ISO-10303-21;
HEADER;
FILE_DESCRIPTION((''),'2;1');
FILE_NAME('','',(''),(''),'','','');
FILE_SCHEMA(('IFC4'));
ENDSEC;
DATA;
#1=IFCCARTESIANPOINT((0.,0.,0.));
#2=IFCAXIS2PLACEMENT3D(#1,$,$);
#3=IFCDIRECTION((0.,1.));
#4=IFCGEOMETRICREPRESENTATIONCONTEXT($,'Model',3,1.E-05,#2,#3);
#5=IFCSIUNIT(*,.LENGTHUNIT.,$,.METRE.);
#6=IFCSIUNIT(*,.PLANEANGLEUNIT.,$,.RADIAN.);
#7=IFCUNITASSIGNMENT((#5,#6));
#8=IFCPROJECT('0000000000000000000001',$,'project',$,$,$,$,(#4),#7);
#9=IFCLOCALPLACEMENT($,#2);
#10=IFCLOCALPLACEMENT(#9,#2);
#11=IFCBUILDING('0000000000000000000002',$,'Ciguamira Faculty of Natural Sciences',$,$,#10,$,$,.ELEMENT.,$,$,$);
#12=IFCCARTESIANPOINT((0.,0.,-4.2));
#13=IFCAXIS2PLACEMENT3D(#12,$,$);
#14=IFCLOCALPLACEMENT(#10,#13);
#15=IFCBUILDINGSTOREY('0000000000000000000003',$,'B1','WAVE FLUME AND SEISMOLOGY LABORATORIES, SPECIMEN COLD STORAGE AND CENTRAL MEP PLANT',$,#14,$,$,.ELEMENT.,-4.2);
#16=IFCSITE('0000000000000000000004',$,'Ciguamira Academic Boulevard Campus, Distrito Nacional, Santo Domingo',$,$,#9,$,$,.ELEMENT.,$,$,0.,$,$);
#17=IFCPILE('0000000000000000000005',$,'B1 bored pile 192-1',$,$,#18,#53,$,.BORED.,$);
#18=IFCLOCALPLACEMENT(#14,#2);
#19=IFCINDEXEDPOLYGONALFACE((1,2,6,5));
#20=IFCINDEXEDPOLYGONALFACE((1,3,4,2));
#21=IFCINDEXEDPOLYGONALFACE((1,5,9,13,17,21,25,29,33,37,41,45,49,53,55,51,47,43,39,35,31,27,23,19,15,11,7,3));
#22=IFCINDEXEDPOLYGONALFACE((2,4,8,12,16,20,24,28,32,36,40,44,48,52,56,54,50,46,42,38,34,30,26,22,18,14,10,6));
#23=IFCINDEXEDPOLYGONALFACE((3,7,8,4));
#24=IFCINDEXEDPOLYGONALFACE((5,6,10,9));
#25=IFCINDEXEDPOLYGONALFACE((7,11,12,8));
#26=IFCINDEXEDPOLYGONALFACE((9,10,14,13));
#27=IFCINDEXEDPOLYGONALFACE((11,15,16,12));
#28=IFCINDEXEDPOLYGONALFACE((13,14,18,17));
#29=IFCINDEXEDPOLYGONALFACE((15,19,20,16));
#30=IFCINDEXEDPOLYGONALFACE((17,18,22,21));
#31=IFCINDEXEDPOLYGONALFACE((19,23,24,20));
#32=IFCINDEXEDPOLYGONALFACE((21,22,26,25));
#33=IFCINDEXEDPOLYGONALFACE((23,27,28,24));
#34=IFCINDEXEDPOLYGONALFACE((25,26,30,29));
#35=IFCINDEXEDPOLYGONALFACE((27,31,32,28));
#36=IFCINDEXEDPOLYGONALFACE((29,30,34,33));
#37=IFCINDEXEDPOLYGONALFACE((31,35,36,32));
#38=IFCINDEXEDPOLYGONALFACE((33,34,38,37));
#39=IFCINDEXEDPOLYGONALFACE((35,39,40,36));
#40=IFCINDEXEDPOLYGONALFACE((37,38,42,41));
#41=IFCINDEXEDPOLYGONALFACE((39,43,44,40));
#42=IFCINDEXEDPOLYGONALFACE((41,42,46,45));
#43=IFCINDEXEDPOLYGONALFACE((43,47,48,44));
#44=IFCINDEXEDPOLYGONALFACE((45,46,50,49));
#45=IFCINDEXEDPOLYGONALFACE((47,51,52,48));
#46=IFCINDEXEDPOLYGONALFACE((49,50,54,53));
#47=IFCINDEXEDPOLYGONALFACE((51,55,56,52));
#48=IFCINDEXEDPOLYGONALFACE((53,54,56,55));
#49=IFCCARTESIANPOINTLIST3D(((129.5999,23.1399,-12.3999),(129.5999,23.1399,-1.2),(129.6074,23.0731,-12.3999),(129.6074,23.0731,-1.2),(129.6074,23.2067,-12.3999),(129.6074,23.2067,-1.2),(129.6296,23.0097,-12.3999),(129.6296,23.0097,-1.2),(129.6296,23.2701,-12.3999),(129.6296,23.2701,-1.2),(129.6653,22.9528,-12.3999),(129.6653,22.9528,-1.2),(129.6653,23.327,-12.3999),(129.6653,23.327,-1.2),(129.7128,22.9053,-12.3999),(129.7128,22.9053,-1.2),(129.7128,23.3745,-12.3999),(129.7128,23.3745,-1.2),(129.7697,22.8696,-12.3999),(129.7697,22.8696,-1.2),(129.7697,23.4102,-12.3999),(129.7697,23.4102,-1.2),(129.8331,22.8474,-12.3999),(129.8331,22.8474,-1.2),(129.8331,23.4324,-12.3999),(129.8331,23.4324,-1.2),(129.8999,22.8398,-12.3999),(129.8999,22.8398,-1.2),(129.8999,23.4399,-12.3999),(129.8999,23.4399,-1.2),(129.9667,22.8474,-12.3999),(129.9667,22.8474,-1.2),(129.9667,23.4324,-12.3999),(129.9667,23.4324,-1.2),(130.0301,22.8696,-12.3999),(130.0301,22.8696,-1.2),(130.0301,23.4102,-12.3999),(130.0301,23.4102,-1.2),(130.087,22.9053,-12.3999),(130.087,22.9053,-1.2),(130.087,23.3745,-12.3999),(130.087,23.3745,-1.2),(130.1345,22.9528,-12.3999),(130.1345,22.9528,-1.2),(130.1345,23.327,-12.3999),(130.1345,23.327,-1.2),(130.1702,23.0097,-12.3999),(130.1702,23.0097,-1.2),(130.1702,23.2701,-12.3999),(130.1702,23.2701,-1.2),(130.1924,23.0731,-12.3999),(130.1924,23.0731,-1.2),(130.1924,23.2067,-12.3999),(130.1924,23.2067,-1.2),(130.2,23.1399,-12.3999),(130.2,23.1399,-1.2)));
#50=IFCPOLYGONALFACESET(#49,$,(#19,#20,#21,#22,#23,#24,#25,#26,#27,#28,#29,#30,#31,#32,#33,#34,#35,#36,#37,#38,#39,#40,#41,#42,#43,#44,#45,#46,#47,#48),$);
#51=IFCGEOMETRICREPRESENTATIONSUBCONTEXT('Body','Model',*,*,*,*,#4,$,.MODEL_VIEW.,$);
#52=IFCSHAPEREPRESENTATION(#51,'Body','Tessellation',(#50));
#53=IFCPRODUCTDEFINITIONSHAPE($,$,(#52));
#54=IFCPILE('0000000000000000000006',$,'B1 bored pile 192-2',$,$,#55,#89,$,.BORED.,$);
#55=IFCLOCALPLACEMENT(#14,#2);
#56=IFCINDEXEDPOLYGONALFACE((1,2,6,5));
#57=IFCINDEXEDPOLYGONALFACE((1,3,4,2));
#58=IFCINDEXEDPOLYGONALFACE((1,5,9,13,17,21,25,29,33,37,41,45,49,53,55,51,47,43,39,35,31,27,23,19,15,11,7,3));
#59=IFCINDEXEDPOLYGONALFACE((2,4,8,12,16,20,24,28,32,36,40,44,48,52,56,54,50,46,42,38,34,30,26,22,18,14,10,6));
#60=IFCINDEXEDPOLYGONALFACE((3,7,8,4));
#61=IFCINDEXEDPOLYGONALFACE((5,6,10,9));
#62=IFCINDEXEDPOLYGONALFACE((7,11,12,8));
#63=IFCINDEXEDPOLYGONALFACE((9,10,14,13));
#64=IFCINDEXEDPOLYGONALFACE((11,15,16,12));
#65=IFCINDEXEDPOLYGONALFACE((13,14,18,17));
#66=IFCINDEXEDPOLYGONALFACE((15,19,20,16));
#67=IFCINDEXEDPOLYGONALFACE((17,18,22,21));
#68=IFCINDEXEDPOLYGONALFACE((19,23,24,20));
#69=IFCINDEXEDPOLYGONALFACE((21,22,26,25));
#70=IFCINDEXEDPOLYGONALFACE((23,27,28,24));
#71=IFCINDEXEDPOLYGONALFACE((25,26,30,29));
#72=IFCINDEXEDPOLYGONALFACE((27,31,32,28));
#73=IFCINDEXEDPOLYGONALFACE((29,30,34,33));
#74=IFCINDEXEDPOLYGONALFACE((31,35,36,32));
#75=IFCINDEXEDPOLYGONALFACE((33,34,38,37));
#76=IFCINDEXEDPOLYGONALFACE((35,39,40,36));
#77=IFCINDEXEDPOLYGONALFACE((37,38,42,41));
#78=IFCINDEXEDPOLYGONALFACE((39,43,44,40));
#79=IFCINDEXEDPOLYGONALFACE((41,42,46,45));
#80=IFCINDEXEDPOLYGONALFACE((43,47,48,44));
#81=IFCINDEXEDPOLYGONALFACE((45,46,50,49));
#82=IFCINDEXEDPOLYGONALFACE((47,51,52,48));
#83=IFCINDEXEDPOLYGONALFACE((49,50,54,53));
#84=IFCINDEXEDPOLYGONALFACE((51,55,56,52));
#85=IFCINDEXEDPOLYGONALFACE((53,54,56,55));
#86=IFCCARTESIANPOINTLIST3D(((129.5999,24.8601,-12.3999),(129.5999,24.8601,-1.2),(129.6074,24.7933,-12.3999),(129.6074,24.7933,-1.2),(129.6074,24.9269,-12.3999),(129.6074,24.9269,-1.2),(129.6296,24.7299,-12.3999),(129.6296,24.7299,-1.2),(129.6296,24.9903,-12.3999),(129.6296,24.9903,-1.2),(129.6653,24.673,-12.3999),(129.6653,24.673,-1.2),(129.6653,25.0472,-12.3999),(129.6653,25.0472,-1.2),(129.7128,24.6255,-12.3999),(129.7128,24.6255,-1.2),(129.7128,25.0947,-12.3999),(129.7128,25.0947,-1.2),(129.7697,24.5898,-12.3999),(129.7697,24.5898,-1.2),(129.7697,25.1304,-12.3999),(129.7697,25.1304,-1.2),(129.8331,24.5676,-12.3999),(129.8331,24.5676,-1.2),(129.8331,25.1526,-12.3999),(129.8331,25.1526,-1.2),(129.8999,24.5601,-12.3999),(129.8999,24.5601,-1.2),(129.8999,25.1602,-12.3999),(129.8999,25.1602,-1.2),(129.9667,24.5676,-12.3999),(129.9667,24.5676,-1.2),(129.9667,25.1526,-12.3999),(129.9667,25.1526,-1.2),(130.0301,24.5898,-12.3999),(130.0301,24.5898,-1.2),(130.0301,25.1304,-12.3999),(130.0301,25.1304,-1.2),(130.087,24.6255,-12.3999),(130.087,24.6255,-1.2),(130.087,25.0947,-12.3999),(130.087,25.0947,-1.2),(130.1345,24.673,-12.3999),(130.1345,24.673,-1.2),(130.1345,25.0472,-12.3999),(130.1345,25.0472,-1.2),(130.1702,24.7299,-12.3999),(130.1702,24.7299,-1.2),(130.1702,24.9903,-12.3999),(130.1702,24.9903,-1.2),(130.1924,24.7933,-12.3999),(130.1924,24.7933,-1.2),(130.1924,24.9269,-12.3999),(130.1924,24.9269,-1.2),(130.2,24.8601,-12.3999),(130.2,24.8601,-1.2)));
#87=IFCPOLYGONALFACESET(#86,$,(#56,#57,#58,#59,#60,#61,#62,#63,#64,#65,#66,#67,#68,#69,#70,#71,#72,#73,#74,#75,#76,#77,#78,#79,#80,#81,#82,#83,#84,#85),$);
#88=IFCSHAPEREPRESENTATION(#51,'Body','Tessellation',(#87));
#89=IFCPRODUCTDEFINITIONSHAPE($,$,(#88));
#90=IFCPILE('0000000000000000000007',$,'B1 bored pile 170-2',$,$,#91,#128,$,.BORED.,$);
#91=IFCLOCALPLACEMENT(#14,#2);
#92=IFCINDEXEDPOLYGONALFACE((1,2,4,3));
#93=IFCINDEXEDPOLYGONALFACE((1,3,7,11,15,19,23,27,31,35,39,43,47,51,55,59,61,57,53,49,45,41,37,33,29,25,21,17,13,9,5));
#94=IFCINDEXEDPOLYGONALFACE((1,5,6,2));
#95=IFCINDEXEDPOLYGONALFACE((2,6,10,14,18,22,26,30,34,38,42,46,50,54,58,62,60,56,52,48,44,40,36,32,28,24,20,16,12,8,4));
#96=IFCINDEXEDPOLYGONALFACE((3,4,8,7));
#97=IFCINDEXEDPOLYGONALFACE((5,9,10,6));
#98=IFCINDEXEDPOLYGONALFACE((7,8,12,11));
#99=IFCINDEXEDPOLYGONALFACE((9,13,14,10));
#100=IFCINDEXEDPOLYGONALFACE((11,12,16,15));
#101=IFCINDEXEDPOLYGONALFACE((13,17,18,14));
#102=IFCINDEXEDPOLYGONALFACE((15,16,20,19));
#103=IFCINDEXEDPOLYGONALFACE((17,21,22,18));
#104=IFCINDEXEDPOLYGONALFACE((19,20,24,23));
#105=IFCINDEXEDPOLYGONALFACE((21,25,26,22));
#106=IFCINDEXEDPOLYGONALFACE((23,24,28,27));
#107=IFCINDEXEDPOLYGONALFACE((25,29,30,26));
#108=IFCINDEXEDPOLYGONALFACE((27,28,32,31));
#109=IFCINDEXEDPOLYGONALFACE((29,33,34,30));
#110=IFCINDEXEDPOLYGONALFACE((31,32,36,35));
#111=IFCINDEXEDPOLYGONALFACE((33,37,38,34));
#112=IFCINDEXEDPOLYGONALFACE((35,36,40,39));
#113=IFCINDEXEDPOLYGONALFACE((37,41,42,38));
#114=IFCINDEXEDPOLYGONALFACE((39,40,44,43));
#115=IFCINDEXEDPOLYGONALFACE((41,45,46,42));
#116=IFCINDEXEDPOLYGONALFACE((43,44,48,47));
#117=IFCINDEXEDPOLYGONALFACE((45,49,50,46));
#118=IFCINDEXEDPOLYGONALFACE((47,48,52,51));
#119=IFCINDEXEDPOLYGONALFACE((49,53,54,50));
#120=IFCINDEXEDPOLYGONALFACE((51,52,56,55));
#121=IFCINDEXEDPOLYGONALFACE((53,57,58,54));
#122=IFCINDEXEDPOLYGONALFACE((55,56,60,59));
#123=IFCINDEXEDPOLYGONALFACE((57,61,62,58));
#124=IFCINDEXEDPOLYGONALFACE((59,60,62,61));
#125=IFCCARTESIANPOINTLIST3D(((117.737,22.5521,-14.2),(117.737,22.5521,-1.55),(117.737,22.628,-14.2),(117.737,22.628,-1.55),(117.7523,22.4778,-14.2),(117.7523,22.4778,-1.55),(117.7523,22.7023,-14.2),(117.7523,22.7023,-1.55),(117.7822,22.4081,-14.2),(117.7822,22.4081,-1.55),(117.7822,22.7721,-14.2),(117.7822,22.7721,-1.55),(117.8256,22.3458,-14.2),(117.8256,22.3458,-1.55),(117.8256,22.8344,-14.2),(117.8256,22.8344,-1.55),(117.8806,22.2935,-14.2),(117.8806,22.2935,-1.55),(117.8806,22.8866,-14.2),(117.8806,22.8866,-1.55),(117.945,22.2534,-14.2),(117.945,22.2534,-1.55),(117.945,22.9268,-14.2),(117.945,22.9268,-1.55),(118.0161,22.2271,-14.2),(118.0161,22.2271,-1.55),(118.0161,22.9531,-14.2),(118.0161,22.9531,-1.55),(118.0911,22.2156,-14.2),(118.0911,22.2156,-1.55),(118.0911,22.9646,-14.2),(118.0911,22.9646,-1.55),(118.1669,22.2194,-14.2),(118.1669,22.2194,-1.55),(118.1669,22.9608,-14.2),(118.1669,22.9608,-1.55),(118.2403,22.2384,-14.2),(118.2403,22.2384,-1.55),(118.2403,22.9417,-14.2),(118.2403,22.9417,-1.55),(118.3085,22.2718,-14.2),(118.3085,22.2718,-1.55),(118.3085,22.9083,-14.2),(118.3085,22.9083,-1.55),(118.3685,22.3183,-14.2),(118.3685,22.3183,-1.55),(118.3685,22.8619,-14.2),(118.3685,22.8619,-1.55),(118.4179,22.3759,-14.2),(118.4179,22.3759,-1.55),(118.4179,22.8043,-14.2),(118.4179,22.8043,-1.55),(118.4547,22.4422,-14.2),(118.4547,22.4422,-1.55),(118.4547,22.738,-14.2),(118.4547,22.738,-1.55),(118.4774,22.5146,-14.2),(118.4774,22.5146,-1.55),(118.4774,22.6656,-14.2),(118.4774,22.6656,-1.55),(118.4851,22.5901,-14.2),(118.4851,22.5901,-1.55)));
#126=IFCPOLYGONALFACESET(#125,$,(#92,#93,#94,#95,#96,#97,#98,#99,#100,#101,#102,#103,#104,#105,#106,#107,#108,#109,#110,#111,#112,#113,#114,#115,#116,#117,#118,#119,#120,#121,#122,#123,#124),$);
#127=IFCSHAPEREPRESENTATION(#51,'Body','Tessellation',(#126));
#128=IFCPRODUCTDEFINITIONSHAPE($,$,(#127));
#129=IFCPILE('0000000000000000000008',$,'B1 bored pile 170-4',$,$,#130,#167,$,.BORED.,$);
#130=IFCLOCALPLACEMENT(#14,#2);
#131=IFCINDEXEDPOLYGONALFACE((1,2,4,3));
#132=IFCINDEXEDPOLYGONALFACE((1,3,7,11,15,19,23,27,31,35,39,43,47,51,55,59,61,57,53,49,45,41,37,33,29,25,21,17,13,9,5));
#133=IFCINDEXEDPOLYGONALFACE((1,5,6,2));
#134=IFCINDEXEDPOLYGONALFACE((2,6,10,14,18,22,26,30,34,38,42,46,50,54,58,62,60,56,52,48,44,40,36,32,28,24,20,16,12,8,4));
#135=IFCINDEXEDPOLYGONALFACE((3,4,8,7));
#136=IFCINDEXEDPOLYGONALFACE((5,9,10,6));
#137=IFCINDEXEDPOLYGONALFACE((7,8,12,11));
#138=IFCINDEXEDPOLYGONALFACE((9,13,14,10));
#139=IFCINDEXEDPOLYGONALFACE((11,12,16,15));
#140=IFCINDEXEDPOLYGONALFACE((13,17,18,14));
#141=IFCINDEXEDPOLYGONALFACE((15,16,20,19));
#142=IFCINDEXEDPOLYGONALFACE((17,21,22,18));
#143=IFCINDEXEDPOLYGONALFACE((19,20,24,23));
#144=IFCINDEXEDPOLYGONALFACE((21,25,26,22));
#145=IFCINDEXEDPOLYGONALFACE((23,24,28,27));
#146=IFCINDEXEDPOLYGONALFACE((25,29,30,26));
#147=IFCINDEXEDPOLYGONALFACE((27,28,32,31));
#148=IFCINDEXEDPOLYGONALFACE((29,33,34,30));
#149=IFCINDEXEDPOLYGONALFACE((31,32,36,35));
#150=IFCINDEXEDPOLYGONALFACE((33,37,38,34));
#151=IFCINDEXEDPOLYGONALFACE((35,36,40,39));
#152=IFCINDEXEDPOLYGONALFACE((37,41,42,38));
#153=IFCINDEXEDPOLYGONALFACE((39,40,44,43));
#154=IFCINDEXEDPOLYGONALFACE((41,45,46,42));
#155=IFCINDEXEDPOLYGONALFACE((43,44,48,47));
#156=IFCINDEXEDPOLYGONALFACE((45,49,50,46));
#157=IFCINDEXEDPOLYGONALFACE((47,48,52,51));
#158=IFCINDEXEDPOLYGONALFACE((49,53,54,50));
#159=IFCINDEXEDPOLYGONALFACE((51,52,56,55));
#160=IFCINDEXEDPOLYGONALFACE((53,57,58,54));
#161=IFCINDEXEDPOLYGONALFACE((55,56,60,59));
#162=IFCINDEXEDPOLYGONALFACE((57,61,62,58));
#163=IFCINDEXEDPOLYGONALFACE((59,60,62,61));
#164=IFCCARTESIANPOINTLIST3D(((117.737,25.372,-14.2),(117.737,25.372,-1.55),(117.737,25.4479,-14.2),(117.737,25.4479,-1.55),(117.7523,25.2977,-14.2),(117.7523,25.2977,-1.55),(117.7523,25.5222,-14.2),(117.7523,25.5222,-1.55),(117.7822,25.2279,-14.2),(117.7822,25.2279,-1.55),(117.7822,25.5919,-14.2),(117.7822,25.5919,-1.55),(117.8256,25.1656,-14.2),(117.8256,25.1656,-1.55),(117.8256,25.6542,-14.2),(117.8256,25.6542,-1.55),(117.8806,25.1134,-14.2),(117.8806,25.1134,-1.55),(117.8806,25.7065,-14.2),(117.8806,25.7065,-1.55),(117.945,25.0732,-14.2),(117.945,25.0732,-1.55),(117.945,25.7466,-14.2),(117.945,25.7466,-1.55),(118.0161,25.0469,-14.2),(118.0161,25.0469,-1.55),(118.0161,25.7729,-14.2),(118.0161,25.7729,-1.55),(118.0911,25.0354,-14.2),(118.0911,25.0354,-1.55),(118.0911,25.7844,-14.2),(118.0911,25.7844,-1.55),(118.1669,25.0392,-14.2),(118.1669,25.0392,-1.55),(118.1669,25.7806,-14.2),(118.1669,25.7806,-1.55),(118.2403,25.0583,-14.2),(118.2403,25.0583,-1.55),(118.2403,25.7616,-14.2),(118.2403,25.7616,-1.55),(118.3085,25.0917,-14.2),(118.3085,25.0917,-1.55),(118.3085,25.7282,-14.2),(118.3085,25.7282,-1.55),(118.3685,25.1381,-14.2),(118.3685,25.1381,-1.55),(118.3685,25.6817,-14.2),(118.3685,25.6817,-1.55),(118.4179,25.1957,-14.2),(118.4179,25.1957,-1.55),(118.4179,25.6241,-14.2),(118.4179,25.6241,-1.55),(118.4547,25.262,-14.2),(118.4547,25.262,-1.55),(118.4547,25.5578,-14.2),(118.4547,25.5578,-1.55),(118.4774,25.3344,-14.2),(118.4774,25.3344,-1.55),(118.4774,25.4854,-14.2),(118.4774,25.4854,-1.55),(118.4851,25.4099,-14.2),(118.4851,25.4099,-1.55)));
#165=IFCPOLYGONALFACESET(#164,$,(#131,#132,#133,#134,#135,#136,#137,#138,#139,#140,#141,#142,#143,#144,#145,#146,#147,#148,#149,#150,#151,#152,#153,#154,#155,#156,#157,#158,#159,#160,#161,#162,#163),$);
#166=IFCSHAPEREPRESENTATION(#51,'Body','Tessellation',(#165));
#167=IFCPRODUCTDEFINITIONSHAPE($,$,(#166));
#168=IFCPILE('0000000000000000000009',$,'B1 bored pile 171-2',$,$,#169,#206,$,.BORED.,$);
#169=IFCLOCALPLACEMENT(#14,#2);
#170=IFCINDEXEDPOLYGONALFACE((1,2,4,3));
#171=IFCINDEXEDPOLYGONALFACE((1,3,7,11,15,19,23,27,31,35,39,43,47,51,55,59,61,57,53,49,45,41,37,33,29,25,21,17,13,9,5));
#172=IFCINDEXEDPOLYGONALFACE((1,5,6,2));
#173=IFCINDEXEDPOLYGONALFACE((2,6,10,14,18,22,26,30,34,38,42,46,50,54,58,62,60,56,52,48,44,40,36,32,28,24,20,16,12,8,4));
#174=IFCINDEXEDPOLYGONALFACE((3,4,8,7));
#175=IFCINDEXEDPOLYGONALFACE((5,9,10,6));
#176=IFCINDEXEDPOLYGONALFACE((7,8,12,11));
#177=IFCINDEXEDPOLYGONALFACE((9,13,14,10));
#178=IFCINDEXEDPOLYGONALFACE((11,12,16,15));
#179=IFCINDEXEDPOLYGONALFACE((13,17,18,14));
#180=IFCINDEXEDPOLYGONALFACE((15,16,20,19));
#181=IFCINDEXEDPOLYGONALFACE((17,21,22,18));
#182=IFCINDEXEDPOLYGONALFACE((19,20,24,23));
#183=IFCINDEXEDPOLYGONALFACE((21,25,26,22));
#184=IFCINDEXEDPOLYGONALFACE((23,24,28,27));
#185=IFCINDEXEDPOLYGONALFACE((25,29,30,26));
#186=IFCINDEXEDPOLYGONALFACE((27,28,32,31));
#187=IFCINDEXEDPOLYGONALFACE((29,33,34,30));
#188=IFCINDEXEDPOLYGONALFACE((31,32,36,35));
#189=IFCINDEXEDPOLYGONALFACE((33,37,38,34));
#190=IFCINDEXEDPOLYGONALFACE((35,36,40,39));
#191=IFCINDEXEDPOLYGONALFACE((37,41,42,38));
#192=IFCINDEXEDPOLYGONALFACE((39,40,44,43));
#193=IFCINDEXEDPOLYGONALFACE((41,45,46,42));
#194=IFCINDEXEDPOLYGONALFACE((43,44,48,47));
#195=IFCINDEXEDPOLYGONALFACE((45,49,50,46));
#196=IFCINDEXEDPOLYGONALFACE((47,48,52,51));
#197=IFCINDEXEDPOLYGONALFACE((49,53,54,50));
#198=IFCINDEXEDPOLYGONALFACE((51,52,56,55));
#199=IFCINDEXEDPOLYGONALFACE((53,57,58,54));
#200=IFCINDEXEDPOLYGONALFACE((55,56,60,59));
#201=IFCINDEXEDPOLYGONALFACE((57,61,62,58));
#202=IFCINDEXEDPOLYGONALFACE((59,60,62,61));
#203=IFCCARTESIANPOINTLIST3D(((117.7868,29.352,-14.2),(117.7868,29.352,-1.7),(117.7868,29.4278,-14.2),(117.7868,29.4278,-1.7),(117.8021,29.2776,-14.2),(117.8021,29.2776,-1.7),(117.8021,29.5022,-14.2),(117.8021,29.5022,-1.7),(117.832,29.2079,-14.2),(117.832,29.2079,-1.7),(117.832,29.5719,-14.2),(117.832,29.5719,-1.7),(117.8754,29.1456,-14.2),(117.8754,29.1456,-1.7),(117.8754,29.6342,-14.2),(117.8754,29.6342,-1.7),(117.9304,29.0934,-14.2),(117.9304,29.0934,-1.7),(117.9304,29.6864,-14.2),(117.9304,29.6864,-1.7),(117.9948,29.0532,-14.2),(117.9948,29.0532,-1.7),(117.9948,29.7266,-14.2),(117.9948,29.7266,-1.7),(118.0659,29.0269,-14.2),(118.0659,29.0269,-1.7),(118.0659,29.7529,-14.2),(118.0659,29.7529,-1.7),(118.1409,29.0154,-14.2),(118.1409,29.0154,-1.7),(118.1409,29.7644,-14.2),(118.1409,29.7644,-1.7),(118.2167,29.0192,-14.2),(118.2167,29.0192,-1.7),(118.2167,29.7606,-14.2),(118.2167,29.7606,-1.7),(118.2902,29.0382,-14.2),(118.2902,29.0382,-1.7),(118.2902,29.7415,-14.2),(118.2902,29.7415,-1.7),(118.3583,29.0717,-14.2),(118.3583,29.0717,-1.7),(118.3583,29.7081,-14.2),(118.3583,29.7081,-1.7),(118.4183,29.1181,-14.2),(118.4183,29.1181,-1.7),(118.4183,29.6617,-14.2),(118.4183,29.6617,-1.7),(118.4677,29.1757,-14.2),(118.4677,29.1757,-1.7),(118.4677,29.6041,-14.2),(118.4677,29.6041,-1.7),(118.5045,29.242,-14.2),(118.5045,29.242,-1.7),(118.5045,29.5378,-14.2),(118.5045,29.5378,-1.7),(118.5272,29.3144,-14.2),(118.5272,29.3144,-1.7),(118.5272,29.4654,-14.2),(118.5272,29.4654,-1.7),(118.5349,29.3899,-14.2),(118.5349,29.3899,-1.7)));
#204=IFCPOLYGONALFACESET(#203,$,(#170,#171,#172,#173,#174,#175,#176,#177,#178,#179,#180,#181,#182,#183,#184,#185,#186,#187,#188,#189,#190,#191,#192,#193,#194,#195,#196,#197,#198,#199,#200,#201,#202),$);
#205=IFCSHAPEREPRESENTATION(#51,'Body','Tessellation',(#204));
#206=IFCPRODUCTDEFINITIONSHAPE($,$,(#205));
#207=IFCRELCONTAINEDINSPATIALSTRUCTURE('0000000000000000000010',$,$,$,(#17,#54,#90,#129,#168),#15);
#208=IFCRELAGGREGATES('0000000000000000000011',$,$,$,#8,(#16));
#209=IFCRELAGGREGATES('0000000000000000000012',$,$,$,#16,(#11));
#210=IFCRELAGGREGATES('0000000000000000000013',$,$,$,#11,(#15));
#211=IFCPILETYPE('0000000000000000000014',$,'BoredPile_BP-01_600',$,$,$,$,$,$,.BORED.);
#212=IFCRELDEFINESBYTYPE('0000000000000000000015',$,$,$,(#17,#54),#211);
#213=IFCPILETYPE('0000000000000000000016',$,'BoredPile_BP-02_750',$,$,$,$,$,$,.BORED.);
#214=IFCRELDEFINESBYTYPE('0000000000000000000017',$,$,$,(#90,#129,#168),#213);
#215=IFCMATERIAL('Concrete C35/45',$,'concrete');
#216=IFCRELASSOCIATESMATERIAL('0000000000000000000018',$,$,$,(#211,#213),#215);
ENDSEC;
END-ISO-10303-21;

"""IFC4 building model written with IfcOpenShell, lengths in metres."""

from ifc_helpers import new_model, si_unit, direction, frame, origin, origin_2d, place, context, subcontext, project, spatial, circle, extrude, material, material_profile, profile_set, type_object, element, save


model = new_model("IFC4")

# Units and contexts
model_context = context("Model", 3, precision=1e-05, world=origin(), true_north=direction((0.0, 1.0)))
body_context = subcontext(model_context, "Body", "Model", "MODEL_VIEW")
ifc_project = project(units=[si_unit("LENGTHUNIT", "METRE"), si_unit("PLANEANGLEUNIT", "RADIAN")], contexts=[model_context])

# Site, building, storey
site_placement = place(None, origin())
site = spatial("IfcSite", under=ifc_project, at=site_placement, Name="Ciguamira Academic Boulevard Campus, Distrito Nacional, Santo Domingo", CompositionType="ELEMENT", RefElevation=0.0)
building_placement = place(site_placement, origin())
building = spatial("IfcBuilding", under=site, at=building_placement, Name="Ciguamira Faculty of Natural Sciences", CompositionType="ELEMENT")
storey_placement = place(building_placement, frame((0.0, 0.0, -4.2)))
storey = spatial("IfcBuildingStorey", under=building, at=storey_placement, Name="B1", Description="WAVE FLUME AND SEISMOLOGY LABORATORIES, SPECIMEN COLD STORAGE AND CENTRAL MEP PLANT", CompositionType="ELEMENT", Elevation=-4.2)

# Piles
ifc_material_1 = material(Name="Concrete C35/45", Category="concrete")
ifc_material_profile_1 = material_profile(ifc_material_1, circle(Radius=0.3, at=origin_2d()), Name="PILE-BORED-600")
ifc_profile_set_1 = profile_set([ifc_material_profile_1], Name="Concrete C35/45")
pile_type_1 = type_object("IfcPileType", Name="BoredPile_BP-01_600", PredefinedType="BORED", material=ifc_profile_set_1)
for number, where, z_axis, x_axis, name in (
    (1, (129.8999, 23.1399, -1.2), (0.0, 0.0, -1.0), (1.0, 0.0, 0.0), "B1 bored pile 192-1"),
    (2, (129.8999, 24.8601, -1.2), (0.0, 0.0, -1.0), (1.0, 0.0, 0.0), "B1 bored pile 192-2"),
):
    element("IfcPile", number, at=place(storey_placement, frame(where, z_axis=z_axis, x_axis=x_axis)), inside=storey, type_object=pile_type_1, Name=name, PredefinedType="BORED", context=body_context, shape_type="SweptSolid", body=[
        extrude(circle(Radius=0.3, at=origin_2d()), origin(), (0.0, 0.0, 1.0), 11.2),
    ])
ifc_material_profile_2 = material_profile(ifc_material_1, circle(Radius=0.375, at=origin_2d()), Name="PILE-BORED-750")
ifc_profile_set_2 = profile_set([ifc_material_profile_2], Name="Concrete C35/45")
pile_type_2 = type_object("IfcPileType", Name="BoredPile_BP-02_750", PredefinedType="BORED", material=ifc_profile_set_2)
for number, where, z_axis, x_axis, name in (
    (3, (118.1101, 22.5901, -1.55), (0.0, 0.0, -1.0), (1.0, 0.0, 0.0), "B1 bored pile 170-2"),
    (4, (118.1101, 25.4099, -1.55), (0.0, 0.0, -1.0), (1.0, 0.0, 0.0), "B1 bored pile 170-4"),
):
    element("IfcPile", number, at=place(storey_placement, frame(where, z_axis=z_axis, x_axis=x_axis)), inside=storey, type_object=pile_type_2, Name=name, PredefinedType="BORED", context=body_context, shape_type="SweptSolid", body=[
        extrude(circle(Radius=0.375, at=origin_2d()), origin(), (0.0, 0.0, 1.0), 12.6499),
    ])
for number, where, z_axis, x_axis, name in (
    (5, (118.1599, 29.3899, -1.7), (0.0, 0.0, -1.0), (1.0, 0.0, 0.0), "B1 bored pile 171-2"),
):
    element("IfcPile", number, at=place(storey_placement, frame(where, z_axis=z_axis, x_axis=x_axis)), inside=storey, type_object=pile_type_2, Name=name, PredefinedType="BORED", context=body_context, shape_type="SweptSolid", body=[
        extrude(circle(Radius=0.375, at=origin_2d()), origin(), (0.0, 0.0, 1.0), 12.5),
    ])

save(model, "model.ifc")
